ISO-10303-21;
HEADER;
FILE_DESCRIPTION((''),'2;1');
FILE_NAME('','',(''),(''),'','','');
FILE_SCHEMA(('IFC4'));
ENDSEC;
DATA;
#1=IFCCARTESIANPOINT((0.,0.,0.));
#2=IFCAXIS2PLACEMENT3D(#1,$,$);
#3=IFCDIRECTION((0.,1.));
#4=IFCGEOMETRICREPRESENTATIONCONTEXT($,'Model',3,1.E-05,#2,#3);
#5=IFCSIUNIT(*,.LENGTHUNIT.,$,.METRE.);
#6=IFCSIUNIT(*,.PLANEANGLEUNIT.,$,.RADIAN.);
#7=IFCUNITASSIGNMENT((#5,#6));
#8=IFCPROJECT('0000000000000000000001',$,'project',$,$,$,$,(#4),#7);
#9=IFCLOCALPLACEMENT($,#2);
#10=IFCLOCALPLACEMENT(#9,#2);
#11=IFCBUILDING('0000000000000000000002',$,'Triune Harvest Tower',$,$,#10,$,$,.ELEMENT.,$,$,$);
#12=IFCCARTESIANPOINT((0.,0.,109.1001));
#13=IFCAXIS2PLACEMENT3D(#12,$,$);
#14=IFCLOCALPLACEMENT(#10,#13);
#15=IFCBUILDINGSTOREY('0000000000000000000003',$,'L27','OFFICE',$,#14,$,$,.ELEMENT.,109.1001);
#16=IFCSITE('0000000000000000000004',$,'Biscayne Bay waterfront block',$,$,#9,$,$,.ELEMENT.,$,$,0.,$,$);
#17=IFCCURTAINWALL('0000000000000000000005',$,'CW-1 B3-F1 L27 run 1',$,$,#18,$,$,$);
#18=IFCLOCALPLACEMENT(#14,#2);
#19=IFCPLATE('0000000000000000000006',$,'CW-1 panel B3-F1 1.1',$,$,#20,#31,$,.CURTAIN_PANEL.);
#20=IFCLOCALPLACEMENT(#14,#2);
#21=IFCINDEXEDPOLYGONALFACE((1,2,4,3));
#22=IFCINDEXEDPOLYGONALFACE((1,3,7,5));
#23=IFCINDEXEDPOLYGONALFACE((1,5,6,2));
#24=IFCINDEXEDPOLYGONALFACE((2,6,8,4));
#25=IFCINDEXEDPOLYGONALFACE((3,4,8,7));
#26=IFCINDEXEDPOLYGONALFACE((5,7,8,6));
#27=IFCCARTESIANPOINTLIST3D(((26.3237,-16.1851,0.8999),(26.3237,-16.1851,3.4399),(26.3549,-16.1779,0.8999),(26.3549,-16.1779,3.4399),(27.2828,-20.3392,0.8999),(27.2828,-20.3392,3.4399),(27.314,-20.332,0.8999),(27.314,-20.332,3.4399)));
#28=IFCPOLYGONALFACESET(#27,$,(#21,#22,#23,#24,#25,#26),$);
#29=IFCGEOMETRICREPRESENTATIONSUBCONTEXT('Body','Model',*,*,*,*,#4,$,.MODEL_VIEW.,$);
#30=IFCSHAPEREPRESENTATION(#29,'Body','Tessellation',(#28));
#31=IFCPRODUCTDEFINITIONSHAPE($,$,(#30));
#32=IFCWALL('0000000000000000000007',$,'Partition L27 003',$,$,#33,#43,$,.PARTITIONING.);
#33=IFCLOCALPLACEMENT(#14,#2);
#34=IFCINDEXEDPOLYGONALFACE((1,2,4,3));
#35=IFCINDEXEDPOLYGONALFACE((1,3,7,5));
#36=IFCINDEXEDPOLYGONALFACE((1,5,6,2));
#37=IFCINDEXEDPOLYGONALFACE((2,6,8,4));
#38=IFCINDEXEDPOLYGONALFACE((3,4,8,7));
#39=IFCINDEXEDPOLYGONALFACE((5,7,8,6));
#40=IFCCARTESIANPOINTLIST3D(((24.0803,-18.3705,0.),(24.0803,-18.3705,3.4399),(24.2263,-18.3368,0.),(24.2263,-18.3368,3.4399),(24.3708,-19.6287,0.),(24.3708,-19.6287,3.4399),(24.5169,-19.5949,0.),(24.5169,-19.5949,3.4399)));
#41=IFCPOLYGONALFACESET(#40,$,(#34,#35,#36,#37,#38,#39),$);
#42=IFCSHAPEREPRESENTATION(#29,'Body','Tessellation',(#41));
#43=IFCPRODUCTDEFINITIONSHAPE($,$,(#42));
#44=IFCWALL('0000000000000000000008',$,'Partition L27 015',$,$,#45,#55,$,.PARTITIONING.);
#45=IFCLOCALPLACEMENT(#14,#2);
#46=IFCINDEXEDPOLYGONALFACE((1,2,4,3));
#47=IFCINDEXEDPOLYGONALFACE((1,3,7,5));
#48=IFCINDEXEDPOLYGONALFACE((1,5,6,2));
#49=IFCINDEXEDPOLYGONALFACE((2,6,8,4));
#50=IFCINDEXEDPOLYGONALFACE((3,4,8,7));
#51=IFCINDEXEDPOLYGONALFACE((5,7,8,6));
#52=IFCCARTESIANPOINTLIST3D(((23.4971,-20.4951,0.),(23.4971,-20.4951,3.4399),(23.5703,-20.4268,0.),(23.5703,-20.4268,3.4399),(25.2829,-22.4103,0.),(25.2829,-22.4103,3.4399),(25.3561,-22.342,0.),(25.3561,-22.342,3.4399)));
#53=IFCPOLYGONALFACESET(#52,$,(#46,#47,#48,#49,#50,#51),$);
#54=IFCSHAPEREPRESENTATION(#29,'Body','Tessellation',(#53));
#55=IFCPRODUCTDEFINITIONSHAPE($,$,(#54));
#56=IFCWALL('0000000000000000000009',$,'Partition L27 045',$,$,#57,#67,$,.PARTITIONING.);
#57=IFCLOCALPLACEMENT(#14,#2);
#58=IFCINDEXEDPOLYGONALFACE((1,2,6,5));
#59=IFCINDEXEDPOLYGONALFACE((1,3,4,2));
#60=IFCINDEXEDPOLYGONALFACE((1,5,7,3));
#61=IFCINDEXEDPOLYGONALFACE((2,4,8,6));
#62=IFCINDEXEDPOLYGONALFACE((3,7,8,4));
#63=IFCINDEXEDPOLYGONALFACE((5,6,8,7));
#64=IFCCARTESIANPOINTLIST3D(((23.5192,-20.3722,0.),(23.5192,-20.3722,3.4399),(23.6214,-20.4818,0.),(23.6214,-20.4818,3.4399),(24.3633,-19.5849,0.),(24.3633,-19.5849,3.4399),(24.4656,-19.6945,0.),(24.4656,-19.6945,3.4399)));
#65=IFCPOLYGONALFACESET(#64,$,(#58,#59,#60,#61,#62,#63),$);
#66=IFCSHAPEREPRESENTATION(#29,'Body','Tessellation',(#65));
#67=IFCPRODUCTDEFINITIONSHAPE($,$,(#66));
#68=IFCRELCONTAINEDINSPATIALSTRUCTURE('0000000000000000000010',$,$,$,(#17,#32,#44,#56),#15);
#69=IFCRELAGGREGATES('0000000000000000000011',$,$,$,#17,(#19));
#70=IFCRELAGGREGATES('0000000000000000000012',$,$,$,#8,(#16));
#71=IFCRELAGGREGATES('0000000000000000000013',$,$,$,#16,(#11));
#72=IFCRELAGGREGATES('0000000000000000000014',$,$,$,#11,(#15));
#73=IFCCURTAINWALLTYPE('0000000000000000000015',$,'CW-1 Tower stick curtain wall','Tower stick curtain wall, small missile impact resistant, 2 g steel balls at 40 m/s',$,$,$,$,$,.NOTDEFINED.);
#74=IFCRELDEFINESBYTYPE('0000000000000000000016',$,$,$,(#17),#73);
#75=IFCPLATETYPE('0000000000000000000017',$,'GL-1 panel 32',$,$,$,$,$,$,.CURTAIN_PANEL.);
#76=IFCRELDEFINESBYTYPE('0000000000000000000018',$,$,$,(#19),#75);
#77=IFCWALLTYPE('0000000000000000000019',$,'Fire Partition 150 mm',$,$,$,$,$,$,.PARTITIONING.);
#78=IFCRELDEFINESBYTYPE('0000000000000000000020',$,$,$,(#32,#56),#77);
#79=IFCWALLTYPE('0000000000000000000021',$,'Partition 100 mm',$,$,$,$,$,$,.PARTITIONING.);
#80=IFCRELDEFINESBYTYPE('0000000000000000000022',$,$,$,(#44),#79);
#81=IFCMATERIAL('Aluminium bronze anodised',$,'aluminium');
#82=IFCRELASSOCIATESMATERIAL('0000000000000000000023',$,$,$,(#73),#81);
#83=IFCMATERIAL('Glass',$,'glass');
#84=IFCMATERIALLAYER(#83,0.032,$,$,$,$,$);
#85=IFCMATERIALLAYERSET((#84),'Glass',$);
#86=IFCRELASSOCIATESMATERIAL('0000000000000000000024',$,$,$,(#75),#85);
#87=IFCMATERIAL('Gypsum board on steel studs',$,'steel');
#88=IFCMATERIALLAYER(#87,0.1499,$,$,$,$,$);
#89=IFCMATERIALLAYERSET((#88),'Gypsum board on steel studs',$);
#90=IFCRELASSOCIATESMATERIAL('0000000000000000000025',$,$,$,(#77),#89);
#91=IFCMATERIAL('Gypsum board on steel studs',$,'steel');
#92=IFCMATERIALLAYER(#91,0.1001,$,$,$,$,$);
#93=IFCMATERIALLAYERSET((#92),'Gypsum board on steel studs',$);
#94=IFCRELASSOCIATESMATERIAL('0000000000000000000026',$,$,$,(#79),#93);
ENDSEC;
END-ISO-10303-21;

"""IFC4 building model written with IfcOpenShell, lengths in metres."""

from ifc_helpers import new_model, si_unit, direction, frame, frame_2d, origin, origin_2d, place, context, subcontext, project, spatial, rectangle, extrude, source, transform, mapped, material, layer, layer_set, type_object, element, aggregate, save


model = new_model("IFC4")

# Units and contexts
model_context = context("Model", 3, precision=1e-05, world=origin(), true_north=direction((0.0, 1.0)))
body_context = subcontext(model_context, "Body", "Model", "MODEL_VIEW")
ifc_project = project(units=[si_unit("LENGTHUNIT", "METRE"), si_unit("PLANEANGLEUNIT", "RADIAN")], contexts=[model_context])

# Site, building, storey
site_placement = place(None, origin())
site = spatial("IfcSite", under=ifc_project, at=site_placement, Name="Biscayne Bay waterfront block", CompositionType="ELEMENT", RefElevation=0.0)
building_placement = place(site_placement, origin())
building = spatial("IfcBuilding", under=site, at=building_placement, Name="Triune Harvest Tower", CompositionType="ELEMENT")
storey_placement = place(building_placement, frame((0.0, 0.0, 109.1001)))
storey = spatial("IfcBuildingStorey", under=building, at=storey_placement, Name="L27", Description="OFFICE", CompositionType="ELEMENT", Elevation=109.1001)

# Curtain wall
ifc_material_1 = material(Name="Aluminium bronze anodised", Category="aluminium")
curtain_wall_type = type_object("IfcCurtainWallType", Name="CW-1 Tower stick curtain wall", Description="Tower stick curtain wall, small missile impact resistant, 2 g steel balls at 40 m/s", PredefinedType="NOTDEFINED", material=ifc_material_1)
curtain_wall_1_placement = place(storey_placement, origin())
curtain_wall_1 = element("IfcCurtainWall", 1, at=curtain_wall_1_placement, inside=storey, type_object=curtain_wall_type, Name="CW-1 B3-F1 L27 run 1")

# Plate
ifc_material_2 = material(Name="Glass", Category="glass")
ifc_layer_1 = layer(ifc_material_2, 0.032)
ifc_layer_set_1 = layer_set([ifc_layer_1], Name="Glass")
plate_type = type_object("IfcPlateType", Name="GL-1 panel 32", PredefinedType="CURTAIN_PANEL", material=ifc_layer_set_1)
shared_shape_1 = source(origin(), body_context, "Body", "SweptSolid", [
    extrude(rectangle(XDim=4.2634, YDim=0.032, at=origin_2d()), origin(), (0.0, 0.0, 1.0), 2.54),
])
plate_1_placement = place(storey_placement, frame((26.8188, -18.2585, 0.8999), z_axis=(0.0, 0.0, 1.0), x_axis=(-0.224951, 0.97437, 0.0)))
plate_1 = element("IfcPlate", 2, at=plate_1_placement, type_object=plate_type, Name="CW-1 panel B3-F1 1.1", PredefinedType="CURTAIN_PANEL", context=body_context, shape_type="MappedRepresentation", body=[
    mapped(shared_shape_1, transform((0.0, 0.0, 0.0), scale=1.0)),
])
aggregate(curtain_wall_1, [plate_1])

# Walls
ifc_material_3 = material(Name="Gypsum board on steel studs", Category="steel")
ifc_layer_2 = layer(ifc_material_3, 0.1499)
ifc_layer_set_2 = layer_set([ifc_layer_2], Name="Gypsum board on steel studs")
wall_type_1 = type_object("IfcWallType", Name="Fire Partition 150 mm", PredefinedType="PARTITIONING", material=ifc_layer_set_2)
shared_shape_2 = source(origin(), body_context, "Body", "SweptSolid", [
    extrude(rectangle(XDim=1.2913, YDim=0.1499, at=frame_2d((0.6455, 0.0))), origin(), (0.0, 0.0, 1.0), 3.4399),
])
wall_1_placement = place(storey_placement, frame((24.1533, -18.3538, 0.0), z_axis=(0.0, 0.0, 1.0), x_axis=(0.225011, -0.974356, 0.0)))
element("IfcWall", 3, at=wall_1_placement, inside=storey, type_object=wall_type_1, Name="Partition L27 003", PredefinedType="PARTITIONING", context=body_context, shape_type="MappedRepresentation", body=[
    mapped(shared_shape_2, transform((0.0, 0.0, 0.0), scale=1.0)),
])
ifc_material_4 = material(Name="Gypsum board on steel studs", Category="steel")
ifc_layer_3 = layer(ifc_material_4, 0.1001)
ifc_layer_set_3 = layer_set([ifc_layer_3], Name="Gypsum board on steel studs")
wall_type_2 = type_object("IfcWallType", Name="Partition 100 mm", PredefinedType="PARTITIONING", material=ifc_layer_set_3)
shared_shape_3 = source(origin(), body_context, "Body", "SweptSolid", [
    extrude(rectangle(XDim=2.6187, YDim=0.1001, at=frame_2d((1.3093, 0.0))), origin(), (0.0, 0.0, 1.0), 3.4399),
])
wall_2_placement = place(storey_placement, frame((23.5337, -20.4609, 0.0), z_axis=(0.0, 0.0, 1.0), x_axis=(0.681969, -0.731381, 0.0)))
element("IfcWall", 4, at=wall_2_placement, inside=storey, type_object=wall_type_2, Name="Partition L27 015", PredefinedType="PARTITIONING", context=body_context, shape_type="MappedRepresentation", body=[
    mapped(shared_shape_3, transform((0.0, 0.0, 0.0), scale=1.0)),
])
shared_shape_4 = source(origin(), body_context, "Body", "SweptSolid", [
    extrude(rectangle(XDim=1.1543, YDim=0.1499, at=frame_2d((0.5771, 0.0))), origin(), (0.0, 0.0, 1.0), 3.4399),
])
wall_3_placement = place(storey_placement, frame((23.5703, -20.427, 0.0), z_axis=(0.0, 0.0, 1.0), x_axis=(0.731315, 0.682039, 0.0)))
element("IfcWall", 5, at=wall_3_placement, inside=storey, type_object=wall_type_1, Name="Partition L27 045", PredefinedType="PARTITIONING", context=body_context, shape_type="MappedRepresentation", body=[
    mapped(shared_shape_4, transform((0.0, 0.0, 0.0), scale=1.0)),
])

save(model, "model.ifc")
